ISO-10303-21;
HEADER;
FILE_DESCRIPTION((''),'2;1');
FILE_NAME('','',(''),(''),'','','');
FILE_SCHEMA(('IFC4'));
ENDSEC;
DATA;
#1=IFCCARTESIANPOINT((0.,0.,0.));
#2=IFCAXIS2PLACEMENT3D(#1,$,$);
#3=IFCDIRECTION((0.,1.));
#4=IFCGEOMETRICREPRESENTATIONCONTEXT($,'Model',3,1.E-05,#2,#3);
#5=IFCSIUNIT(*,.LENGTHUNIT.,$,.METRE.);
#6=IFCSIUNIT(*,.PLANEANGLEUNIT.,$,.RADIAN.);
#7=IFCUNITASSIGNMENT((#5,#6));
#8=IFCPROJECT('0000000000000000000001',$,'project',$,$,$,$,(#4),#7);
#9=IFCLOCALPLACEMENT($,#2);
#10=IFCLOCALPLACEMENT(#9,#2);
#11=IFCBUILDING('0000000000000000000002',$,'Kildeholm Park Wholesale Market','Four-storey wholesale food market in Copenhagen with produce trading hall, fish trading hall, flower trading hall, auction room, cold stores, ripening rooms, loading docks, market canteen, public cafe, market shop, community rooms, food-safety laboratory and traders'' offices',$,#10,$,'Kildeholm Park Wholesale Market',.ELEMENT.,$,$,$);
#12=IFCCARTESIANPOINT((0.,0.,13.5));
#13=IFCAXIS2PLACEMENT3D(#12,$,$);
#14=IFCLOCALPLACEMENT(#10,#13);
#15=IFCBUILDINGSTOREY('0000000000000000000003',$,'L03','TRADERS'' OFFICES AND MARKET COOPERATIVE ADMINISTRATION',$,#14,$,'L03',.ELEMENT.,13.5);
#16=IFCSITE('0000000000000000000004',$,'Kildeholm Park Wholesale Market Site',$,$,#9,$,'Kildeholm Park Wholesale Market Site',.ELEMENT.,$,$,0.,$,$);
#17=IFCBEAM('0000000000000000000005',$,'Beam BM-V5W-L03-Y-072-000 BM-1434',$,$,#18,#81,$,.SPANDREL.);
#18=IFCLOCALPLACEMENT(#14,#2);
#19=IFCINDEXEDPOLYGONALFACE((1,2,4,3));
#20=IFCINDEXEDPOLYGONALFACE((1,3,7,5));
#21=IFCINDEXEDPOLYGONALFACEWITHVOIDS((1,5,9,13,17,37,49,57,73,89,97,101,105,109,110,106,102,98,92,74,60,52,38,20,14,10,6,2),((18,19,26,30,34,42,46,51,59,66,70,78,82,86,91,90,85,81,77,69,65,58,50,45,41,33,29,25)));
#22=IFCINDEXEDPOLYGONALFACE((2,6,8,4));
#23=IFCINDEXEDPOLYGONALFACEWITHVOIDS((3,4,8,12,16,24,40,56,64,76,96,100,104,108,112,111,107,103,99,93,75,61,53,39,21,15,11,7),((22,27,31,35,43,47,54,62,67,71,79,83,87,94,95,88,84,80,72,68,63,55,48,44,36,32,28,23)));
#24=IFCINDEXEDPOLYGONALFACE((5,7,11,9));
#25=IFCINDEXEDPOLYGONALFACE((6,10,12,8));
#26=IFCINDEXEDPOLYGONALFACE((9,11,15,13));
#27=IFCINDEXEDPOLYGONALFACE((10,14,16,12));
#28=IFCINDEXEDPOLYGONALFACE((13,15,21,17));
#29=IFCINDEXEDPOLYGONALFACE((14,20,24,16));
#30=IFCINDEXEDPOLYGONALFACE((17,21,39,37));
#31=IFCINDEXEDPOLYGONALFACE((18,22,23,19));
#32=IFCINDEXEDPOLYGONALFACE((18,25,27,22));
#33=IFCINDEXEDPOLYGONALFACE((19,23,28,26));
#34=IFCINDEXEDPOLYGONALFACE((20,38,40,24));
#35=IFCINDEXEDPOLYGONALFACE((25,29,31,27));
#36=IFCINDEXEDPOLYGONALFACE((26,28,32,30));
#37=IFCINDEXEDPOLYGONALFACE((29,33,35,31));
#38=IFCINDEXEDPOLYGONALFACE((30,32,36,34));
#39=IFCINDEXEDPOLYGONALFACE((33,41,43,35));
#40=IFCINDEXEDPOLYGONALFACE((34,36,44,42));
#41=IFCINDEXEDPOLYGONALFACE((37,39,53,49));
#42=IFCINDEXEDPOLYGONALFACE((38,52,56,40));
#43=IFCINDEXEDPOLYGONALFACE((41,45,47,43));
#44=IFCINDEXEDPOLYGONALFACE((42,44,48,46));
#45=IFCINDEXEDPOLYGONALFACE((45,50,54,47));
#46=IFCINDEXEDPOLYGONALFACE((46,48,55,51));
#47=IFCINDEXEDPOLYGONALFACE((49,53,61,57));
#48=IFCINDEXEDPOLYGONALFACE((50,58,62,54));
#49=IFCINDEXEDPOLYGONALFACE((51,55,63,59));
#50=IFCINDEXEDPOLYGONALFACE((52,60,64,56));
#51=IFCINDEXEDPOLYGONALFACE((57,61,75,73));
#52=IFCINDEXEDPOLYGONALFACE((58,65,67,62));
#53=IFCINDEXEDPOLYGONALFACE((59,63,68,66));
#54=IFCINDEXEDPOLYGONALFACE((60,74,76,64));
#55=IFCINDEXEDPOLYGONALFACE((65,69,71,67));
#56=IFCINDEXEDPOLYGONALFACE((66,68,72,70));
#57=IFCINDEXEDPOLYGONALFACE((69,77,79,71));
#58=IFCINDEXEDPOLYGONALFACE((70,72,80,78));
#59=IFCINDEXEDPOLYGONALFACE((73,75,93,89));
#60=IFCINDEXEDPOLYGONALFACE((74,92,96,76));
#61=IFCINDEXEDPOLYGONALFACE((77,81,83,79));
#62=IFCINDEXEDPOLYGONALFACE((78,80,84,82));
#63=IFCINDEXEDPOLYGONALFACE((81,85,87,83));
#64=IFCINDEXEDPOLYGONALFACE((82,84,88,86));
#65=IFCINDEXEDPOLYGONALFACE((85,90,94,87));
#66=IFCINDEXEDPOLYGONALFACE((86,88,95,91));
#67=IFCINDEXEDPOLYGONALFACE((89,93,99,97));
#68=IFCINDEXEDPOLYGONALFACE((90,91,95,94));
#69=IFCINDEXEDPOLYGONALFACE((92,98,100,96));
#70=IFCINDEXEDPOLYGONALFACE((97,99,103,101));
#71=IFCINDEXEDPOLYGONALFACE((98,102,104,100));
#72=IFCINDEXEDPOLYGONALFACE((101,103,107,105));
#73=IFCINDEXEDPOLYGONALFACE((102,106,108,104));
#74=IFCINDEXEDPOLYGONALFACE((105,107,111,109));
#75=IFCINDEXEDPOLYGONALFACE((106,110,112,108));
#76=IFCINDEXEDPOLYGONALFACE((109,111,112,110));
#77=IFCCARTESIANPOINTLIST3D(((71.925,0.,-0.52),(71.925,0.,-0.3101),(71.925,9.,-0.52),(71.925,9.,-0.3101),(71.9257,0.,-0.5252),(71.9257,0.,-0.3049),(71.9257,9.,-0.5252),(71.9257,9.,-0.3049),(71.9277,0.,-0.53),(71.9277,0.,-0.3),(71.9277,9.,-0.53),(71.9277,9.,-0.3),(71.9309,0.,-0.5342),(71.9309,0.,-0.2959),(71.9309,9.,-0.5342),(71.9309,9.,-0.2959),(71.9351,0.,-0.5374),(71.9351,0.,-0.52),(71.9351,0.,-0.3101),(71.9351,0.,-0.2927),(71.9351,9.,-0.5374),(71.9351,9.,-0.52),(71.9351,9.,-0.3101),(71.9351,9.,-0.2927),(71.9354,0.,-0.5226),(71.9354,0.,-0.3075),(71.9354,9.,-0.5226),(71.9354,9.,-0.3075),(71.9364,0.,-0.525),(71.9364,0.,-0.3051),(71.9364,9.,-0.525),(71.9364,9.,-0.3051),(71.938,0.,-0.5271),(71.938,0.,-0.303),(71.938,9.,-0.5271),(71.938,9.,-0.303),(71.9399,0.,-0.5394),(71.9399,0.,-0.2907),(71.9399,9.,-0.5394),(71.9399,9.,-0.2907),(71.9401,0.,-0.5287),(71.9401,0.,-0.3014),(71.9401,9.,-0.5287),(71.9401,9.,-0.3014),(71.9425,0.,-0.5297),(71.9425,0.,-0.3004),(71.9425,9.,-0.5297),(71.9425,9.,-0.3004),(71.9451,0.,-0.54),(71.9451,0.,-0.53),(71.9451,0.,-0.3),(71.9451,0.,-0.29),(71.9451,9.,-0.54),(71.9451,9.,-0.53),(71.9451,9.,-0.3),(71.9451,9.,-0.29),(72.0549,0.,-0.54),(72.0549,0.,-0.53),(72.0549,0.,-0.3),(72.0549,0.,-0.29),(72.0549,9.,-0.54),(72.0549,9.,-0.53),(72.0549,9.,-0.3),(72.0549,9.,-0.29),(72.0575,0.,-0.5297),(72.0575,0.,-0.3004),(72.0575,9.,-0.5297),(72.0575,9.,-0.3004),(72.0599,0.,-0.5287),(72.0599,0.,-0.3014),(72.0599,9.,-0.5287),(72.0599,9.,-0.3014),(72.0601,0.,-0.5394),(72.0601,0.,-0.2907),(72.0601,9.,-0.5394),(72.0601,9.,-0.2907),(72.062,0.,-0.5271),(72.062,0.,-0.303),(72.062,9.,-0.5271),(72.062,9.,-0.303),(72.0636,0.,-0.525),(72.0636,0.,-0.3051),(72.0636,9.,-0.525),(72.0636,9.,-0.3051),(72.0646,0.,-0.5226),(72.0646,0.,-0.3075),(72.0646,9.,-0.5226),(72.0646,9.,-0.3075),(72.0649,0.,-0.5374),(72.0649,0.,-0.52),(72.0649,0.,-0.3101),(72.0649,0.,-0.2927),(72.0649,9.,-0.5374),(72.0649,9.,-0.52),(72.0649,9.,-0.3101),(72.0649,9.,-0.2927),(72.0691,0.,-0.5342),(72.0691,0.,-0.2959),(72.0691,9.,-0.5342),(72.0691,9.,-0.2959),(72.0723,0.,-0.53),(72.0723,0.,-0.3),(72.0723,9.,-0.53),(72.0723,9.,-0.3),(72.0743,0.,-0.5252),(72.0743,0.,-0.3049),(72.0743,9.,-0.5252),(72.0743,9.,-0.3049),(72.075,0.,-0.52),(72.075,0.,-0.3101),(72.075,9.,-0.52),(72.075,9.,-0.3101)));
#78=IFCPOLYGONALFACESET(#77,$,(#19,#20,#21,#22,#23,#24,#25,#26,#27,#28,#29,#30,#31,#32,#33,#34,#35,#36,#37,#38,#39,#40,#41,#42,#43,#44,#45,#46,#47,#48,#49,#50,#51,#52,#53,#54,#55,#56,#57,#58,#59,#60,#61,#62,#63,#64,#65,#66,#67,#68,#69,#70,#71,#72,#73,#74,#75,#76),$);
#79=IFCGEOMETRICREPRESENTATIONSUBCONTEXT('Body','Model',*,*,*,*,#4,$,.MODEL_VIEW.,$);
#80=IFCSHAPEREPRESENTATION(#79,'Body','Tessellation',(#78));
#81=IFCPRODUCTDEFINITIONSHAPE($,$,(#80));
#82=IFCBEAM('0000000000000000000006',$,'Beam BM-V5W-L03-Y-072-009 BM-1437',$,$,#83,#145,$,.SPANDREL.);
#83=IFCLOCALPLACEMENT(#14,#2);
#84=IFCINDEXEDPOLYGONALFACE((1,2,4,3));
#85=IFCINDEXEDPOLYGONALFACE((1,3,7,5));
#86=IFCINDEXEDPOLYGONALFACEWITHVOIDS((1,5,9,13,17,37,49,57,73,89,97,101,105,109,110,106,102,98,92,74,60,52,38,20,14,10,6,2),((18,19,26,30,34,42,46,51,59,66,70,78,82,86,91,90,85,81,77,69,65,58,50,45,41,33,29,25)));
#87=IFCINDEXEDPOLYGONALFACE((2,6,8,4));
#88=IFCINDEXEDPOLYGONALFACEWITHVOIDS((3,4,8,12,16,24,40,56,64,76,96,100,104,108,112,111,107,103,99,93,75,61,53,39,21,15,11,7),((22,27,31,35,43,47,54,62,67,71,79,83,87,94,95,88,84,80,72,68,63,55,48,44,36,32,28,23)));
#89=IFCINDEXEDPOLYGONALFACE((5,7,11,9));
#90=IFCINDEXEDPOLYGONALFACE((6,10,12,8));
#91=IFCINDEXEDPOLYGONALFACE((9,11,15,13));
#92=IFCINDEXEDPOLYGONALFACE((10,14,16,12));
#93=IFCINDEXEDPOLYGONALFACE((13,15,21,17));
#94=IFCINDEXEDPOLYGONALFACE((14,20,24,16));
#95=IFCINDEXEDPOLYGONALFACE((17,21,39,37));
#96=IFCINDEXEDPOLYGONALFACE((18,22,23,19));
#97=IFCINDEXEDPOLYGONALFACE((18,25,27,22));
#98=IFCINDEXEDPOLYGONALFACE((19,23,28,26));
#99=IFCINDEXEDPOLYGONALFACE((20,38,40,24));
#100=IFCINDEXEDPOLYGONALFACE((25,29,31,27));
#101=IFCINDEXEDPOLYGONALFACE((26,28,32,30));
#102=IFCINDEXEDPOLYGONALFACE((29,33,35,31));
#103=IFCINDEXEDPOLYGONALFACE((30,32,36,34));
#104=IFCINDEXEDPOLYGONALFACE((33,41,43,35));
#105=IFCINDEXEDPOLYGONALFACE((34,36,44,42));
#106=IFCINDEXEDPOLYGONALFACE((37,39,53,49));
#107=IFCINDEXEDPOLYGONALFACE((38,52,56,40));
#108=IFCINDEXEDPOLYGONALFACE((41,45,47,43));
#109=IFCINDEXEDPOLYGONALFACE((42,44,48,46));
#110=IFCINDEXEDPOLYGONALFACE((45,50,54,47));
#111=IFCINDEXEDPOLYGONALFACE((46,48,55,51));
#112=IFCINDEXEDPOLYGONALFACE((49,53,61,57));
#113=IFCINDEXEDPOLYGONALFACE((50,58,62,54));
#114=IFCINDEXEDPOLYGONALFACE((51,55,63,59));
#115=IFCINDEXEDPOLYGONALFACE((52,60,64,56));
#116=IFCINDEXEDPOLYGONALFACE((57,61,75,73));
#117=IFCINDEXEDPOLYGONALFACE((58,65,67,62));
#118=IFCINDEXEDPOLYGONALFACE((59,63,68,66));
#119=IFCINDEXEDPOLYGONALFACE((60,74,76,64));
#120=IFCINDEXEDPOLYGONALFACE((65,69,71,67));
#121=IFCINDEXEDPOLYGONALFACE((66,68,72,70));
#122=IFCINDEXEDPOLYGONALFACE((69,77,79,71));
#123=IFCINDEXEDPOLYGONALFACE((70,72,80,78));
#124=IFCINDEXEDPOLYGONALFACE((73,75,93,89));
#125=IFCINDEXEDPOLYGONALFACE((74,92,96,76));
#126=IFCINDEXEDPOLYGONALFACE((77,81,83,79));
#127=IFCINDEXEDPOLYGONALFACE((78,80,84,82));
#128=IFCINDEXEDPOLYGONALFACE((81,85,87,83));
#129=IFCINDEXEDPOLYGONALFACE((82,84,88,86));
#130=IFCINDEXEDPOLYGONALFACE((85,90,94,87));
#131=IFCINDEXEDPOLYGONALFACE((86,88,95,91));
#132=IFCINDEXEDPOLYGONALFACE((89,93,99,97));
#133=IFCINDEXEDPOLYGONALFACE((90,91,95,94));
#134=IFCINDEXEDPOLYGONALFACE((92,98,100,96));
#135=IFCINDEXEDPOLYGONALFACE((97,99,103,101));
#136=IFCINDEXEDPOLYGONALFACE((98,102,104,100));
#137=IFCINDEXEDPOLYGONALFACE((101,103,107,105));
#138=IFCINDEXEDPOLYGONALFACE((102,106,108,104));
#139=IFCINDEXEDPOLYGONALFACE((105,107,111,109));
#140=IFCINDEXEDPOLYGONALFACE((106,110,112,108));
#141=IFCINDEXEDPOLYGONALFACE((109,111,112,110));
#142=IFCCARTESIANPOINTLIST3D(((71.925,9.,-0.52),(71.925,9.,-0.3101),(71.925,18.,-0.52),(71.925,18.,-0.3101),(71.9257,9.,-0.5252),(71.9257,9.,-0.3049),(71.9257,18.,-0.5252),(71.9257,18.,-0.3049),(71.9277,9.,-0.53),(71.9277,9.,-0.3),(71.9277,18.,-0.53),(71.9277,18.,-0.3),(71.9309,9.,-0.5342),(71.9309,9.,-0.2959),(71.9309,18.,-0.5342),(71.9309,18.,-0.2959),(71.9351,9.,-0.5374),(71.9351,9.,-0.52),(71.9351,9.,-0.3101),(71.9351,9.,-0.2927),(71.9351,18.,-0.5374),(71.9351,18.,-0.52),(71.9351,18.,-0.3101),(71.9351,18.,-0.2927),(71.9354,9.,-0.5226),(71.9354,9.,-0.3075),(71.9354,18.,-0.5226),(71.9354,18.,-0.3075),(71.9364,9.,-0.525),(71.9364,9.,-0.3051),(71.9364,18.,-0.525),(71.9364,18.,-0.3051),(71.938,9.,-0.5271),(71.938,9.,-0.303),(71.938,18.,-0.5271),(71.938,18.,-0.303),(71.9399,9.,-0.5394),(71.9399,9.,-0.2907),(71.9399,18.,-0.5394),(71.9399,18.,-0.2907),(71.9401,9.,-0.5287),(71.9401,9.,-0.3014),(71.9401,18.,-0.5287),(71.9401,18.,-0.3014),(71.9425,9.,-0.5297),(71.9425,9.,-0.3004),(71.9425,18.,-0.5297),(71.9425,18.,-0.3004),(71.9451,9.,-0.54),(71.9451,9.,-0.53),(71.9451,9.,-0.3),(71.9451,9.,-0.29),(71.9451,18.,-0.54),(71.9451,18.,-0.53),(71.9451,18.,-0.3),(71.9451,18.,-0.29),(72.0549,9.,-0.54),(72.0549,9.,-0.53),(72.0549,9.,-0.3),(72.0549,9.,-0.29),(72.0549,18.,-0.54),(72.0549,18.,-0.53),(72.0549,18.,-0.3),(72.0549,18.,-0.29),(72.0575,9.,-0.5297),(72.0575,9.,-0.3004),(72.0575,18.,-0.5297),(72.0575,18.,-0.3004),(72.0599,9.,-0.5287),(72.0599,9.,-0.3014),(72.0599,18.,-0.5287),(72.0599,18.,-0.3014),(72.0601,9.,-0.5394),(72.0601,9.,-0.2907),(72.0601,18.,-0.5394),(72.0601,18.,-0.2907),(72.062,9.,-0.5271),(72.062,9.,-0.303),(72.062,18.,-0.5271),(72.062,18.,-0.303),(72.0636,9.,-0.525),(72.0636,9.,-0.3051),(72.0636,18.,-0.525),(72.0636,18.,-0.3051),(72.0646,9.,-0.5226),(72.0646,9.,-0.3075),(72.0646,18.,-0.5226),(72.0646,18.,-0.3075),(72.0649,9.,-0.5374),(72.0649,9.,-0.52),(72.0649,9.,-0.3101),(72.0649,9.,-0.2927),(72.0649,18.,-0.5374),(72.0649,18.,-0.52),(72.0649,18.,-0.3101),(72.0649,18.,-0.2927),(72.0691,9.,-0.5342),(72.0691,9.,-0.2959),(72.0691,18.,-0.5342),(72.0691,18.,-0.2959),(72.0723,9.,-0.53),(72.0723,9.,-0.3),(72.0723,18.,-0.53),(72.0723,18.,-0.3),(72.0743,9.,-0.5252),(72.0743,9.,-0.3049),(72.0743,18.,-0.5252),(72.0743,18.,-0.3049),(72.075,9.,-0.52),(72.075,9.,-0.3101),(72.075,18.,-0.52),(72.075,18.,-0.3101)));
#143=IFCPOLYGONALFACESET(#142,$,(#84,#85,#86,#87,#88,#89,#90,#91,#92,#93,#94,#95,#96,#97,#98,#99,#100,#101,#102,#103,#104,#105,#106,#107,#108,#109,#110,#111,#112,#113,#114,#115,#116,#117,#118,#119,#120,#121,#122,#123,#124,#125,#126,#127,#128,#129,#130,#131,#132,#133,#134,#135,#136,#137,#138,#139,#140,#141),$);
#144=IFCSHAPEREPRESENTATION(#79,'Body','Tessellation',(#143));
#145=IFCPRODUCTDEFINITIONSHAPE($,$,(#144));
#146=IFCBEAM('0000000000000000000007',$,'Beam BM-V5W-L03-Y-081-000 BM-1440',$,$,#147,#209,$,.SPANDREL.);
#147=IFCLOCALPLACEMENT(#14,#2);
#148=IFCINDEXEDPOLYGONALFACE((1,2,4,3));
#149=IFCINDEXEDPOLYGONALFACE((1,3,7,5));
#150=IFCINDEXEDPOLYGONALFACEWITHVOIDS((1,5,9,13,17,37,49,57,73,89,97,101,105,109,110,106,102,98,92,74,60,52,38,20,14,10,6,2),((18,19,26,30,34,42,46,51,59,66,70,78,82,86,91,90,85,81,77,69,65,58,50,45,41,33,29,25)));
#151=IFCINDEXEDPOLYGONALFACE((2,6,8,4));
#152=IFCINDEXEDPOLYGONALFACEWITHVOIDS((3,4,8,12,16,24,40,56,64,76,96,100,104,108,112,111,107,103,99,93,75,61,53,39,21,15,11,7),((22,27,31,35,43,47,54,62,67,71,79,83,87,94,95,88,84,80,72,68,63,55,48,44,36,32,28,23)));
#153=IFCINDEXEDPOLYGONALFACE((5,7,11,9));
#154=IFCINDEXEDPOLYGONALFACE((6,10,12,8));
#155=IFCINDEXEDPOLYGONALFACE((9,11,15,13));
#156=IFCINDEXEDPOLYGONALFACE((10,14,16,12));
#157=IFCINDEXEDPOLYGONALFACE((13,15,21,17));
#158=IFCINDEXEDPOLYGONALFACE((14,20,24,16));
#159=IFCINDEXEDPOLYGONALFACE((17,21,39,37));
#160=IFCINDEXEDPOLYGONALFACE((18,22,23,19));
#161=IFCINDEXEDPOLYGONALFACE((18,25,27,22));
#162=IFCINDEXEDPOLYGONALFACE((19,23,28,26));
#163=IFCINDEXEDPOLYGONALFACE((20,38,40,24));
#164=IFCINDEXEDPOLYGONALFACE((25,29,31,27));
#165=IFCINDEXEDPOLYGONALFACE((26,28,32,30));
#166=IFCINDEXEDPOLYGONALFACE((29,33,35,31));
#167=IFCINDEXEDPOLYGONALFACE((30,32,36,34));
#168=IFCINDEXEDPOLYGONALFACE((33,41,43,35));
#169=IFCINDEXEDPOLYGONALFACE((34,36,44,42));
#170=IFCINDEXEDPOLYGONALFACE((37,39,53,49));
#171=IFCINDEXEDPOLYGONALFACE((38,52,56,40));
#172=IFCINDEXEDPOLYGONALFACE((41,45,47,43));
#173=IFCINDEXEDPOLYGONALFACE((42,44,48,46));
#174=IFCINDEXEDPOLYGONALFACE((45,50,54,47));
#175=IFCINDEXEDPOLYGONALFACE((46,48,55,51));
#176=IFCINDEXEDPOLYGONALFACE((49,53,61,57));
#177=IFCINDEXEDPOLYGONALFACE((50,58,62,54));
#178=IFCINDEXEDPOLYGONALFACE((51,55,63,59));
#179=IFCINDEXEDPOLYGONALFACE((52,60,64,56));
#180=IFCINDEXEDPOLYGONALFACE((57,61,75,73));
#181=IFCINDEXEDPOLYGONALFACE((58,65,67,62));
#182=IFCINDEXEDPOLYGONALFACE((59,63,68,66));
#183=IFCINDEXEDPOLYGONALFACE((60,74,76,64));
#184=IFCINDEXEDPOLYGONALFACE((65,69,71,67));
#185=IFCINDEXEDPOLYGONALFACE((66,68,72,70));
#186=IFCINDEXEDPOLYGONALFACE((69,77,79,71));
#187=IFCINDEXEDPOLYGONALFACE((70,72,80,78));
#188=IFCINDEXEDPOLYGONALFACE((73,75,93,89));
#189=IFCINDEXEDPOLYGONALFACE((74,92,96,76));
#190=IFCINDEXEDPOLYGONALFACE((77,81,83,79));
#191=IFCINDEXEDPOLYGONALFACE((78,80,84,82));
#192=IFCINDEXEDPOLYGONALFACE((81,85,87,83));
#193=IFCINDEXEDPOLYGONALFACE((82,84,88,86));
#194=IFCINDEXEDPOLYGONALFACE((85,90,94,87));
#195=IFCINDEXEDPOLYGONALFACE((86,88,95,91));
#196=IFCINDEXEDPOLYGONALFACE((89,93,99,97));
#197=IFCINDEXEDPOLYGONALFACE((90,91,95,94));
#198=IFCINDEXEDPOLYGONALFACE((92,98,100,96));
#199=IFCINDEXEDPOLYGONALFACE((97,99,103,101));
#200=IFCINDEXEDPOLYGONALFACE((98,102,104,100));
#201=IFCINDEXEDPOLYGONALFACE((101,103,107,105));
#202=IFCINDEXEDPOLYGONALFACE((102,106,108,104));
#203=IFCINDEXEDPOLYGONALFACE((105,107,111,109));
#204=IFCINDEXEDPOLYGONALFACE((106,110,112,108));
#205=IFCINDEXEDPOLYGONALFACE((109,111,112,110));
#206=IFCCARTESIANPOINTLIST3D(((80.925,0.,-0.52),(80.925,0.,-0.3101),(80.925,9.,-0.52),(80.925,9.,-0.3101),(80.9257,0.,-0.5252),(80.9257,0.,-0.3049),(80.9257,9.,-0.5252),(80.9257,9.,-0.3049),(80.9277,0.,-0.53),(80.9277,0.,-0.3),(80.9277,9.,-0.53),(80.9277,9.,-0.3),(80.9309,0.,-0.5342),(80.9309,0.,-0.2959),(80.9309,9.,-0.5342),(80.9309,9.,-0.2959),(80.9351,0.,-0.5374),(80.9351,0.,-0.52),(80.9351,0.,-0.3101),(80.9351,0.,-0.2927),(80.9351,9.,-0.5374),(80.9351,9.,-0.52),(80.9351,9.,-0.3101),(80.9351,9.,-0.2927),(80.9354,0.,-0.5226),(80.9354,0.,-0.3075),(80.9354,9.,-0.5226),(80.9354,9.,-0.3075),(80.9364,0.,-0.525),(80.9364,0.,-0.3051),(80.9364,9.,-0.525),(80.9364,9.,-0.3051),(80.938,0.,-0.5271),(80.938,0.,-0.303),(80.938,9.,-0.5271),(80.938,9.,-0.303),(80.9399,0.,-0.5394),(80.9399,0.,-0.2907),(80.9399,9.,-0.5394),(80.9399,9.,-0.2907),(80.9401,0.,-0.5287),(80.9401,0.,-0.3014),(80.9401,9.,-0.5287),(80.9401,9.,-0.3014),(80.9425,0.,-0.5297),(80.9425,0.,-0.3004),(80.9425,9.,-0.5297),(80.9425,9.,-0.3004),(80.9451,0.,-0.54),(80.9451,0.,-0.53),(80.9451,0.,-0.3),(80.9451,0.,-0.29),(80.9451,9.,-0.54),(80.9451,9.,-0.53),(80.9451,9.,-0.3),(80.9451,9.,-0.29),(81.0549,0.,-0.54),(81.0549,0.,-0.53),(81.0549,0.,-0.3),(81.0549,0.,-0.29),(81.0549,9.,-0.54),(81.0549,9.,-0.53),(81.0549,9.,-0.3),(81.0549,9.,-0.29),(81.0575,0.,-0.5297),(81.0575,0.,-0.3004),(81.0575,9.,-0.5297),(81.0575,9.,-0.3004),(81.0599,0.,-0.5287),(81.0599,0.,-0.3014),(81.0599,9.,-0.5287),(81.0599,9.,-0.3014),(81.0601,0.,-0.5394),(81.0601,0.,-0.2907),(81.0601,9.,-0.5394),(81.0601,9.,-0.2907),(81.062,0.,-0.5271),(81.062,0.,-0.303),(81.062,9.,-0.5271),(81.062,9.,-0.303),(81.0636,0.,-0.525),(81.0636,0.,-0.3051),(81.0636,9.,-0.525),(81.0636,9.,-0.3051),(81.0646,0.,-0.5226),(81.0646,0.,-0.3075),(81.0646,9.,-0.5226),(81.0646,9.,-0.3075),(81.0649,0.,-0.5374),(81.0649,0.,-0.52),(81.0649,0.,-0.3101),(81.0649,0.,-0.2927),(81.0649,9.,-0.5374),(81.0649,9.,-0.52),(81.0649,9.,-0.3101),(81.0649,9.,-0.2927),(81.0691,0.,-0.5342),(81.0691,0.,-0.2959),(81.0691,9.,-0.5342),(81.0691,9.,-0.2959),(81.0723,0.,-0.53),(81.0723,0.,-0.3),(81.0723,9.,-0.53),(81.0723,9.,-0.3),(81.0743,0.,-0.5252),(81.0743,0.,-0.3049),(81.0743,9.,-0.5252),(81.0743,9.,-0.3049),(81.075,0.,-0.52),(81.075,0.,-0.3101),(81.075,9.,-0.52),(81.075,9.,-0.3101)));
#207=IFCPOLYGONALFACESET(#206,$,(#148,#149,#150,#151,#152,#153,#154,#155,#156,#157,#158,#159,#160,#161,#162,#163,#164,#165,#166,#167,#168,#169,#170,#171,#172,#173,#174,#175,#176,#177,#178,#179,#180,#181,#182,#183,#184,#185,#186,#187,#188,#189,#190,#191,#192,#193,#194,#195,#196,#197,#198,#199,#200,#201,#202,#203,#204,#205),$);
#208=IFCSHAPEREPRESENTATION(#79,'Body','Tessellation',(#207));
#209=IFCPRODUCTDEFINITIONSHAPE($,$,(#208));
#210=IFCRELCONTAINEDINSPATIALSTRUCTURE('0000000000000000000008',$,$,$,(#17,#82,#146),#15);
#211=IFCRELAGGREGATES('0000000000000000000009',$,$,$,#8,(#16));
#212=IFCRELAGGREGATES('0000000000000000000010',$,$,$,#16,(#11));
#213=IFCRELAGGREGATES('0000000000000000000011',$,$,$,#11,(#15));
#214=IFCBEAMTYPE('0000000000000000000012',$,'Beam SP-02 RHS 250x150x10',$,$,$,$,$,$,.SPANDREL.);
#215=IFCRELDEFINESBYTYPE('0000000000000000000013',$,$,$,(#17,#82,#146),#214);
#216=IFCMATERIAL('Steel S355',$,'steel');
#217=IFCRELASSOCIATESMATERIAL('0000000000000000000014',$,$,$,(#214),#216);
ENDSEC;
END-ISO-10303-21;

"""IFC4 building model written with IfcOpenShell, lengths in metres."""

from ifc_helpers import new_model, si_unit, direction, frame, origin, origin_2d, place, context, subcontext, project, spatial, hollow_rectangle, extrude, material, material_profile, profile_set, type_object, element, save


model = new_model("IFC4")

# Units and contexts
model_context = context("Model", 3, precision=1e-05, world=origin(), true_north=direction((0.0, 1.0)))
body_context = subcontext(model_context, "Body", "Model", "MODEL_VIEW")
ifc_project = project(units=[si_unit("LENGTHUNIT", "METRE"), si_unit("PLANEANGLEUNIT", "RADIAN")], contexts=[model_context])

# Site, building, storey
site_placement = place(None, origin())
site = spatial("IfcSite", under=ifc_project, at=site_placement, Name="Kildeholm Park Wholesale Market Site", LongName="Kildeholm Park Wholesale Market Site", CompositionType="ELEMENT", RefElevation=0.0)
building_placement = place(site_placement, origin())
building = spatial("IfcBuilding", under=site, at=building_placement, Name="Kildeholm Park Wholesale Market", Description="Four-storey wholesale food market in Copenhagen with produce trading hall, fish trading hall, flower trading hall, auction room, cold stores, ripening rooms, loading docks, market canteen, public cafe, market shop, community rooms, food-safety laboratory and traders' offices", LongName="Kildeholm Park Wholesale Market", CompositionType="ELEMENT")
storey_placement = place(building_placement, frame((0.0, 0.0, 13.5)))
storey = spatial("IfcBuildingStorey", under=building, at=storey_placement, Name="L03", Description="TRADERS' OFFICES AND MARKET COOPERATIVE ADMINISTRATION", LongName="L03", CompositionType="ELEMENT", Elevation=13.5)

# Shared definitions
ifc_material_1 = material(Name="Steel S355", Category="steel")

# Beams
ifc_material_profile_1 = material_profile(ifc_material_1, hollow_rectangle(XDim=0.1499, YDim=0.25, WallThickness=0.01, InnerFilletRadius=0.01, OuterFilletRadius=0.02, at=origin_2d()), Name="RHS 250x150x10")
ifc_profile_set_1 = profile_set([ifc_material_profile_1], Name="Steel S355")
beam_type_1 = type_object("IfcBeamType", Name="Beam SP-02 RHS 250x150x10", PredefinedType="SPANDREL", material=ifc_profile_set_1)
for number, where, z_axis, x_axis, name in (
    (1, (72.0, 0.0, -0.415), (0.0, 1.0, 0.0), (-1.0, 0.0, 0.0), "Beam BM-V5W-L03-Y-072-000 BM-1434"),
    (2, (72.0, 9.0, -0.415), (0.0, 1.0, 0.0), (-1.0, 0.0, 0.0), "Beam BM-V5W-L03-Y-072-009 BM-1437"),
    (3, (81.0, 0.0, -0.415), (0.0, 1.0, 0.0), (-1.0, 0.0, 0.0), "Beam BM-V5W-L03-Y-081-000 BM-1440"),
):
    element("IfcBeam", number, at=place(storey_placement, frame(where, z_axis=z_axis, x_axis=x_axis)), inside=storey, type_object=beam_type_1, Name=name, PredefinedType="SPANDREL", context=body_context, shape_type="SweptSolid", body=[
        extrude(hollow_rectangle(XDim=0.1499, YDim=0.25, WallThickness=0.01, InnerFilletRadius=0.01, OuterFilletRadius=0.02, at=origin_2d()), origin(), (0.0, 0.0, 1.0), 9.0),
    ])

save(model, "model.ifc")
